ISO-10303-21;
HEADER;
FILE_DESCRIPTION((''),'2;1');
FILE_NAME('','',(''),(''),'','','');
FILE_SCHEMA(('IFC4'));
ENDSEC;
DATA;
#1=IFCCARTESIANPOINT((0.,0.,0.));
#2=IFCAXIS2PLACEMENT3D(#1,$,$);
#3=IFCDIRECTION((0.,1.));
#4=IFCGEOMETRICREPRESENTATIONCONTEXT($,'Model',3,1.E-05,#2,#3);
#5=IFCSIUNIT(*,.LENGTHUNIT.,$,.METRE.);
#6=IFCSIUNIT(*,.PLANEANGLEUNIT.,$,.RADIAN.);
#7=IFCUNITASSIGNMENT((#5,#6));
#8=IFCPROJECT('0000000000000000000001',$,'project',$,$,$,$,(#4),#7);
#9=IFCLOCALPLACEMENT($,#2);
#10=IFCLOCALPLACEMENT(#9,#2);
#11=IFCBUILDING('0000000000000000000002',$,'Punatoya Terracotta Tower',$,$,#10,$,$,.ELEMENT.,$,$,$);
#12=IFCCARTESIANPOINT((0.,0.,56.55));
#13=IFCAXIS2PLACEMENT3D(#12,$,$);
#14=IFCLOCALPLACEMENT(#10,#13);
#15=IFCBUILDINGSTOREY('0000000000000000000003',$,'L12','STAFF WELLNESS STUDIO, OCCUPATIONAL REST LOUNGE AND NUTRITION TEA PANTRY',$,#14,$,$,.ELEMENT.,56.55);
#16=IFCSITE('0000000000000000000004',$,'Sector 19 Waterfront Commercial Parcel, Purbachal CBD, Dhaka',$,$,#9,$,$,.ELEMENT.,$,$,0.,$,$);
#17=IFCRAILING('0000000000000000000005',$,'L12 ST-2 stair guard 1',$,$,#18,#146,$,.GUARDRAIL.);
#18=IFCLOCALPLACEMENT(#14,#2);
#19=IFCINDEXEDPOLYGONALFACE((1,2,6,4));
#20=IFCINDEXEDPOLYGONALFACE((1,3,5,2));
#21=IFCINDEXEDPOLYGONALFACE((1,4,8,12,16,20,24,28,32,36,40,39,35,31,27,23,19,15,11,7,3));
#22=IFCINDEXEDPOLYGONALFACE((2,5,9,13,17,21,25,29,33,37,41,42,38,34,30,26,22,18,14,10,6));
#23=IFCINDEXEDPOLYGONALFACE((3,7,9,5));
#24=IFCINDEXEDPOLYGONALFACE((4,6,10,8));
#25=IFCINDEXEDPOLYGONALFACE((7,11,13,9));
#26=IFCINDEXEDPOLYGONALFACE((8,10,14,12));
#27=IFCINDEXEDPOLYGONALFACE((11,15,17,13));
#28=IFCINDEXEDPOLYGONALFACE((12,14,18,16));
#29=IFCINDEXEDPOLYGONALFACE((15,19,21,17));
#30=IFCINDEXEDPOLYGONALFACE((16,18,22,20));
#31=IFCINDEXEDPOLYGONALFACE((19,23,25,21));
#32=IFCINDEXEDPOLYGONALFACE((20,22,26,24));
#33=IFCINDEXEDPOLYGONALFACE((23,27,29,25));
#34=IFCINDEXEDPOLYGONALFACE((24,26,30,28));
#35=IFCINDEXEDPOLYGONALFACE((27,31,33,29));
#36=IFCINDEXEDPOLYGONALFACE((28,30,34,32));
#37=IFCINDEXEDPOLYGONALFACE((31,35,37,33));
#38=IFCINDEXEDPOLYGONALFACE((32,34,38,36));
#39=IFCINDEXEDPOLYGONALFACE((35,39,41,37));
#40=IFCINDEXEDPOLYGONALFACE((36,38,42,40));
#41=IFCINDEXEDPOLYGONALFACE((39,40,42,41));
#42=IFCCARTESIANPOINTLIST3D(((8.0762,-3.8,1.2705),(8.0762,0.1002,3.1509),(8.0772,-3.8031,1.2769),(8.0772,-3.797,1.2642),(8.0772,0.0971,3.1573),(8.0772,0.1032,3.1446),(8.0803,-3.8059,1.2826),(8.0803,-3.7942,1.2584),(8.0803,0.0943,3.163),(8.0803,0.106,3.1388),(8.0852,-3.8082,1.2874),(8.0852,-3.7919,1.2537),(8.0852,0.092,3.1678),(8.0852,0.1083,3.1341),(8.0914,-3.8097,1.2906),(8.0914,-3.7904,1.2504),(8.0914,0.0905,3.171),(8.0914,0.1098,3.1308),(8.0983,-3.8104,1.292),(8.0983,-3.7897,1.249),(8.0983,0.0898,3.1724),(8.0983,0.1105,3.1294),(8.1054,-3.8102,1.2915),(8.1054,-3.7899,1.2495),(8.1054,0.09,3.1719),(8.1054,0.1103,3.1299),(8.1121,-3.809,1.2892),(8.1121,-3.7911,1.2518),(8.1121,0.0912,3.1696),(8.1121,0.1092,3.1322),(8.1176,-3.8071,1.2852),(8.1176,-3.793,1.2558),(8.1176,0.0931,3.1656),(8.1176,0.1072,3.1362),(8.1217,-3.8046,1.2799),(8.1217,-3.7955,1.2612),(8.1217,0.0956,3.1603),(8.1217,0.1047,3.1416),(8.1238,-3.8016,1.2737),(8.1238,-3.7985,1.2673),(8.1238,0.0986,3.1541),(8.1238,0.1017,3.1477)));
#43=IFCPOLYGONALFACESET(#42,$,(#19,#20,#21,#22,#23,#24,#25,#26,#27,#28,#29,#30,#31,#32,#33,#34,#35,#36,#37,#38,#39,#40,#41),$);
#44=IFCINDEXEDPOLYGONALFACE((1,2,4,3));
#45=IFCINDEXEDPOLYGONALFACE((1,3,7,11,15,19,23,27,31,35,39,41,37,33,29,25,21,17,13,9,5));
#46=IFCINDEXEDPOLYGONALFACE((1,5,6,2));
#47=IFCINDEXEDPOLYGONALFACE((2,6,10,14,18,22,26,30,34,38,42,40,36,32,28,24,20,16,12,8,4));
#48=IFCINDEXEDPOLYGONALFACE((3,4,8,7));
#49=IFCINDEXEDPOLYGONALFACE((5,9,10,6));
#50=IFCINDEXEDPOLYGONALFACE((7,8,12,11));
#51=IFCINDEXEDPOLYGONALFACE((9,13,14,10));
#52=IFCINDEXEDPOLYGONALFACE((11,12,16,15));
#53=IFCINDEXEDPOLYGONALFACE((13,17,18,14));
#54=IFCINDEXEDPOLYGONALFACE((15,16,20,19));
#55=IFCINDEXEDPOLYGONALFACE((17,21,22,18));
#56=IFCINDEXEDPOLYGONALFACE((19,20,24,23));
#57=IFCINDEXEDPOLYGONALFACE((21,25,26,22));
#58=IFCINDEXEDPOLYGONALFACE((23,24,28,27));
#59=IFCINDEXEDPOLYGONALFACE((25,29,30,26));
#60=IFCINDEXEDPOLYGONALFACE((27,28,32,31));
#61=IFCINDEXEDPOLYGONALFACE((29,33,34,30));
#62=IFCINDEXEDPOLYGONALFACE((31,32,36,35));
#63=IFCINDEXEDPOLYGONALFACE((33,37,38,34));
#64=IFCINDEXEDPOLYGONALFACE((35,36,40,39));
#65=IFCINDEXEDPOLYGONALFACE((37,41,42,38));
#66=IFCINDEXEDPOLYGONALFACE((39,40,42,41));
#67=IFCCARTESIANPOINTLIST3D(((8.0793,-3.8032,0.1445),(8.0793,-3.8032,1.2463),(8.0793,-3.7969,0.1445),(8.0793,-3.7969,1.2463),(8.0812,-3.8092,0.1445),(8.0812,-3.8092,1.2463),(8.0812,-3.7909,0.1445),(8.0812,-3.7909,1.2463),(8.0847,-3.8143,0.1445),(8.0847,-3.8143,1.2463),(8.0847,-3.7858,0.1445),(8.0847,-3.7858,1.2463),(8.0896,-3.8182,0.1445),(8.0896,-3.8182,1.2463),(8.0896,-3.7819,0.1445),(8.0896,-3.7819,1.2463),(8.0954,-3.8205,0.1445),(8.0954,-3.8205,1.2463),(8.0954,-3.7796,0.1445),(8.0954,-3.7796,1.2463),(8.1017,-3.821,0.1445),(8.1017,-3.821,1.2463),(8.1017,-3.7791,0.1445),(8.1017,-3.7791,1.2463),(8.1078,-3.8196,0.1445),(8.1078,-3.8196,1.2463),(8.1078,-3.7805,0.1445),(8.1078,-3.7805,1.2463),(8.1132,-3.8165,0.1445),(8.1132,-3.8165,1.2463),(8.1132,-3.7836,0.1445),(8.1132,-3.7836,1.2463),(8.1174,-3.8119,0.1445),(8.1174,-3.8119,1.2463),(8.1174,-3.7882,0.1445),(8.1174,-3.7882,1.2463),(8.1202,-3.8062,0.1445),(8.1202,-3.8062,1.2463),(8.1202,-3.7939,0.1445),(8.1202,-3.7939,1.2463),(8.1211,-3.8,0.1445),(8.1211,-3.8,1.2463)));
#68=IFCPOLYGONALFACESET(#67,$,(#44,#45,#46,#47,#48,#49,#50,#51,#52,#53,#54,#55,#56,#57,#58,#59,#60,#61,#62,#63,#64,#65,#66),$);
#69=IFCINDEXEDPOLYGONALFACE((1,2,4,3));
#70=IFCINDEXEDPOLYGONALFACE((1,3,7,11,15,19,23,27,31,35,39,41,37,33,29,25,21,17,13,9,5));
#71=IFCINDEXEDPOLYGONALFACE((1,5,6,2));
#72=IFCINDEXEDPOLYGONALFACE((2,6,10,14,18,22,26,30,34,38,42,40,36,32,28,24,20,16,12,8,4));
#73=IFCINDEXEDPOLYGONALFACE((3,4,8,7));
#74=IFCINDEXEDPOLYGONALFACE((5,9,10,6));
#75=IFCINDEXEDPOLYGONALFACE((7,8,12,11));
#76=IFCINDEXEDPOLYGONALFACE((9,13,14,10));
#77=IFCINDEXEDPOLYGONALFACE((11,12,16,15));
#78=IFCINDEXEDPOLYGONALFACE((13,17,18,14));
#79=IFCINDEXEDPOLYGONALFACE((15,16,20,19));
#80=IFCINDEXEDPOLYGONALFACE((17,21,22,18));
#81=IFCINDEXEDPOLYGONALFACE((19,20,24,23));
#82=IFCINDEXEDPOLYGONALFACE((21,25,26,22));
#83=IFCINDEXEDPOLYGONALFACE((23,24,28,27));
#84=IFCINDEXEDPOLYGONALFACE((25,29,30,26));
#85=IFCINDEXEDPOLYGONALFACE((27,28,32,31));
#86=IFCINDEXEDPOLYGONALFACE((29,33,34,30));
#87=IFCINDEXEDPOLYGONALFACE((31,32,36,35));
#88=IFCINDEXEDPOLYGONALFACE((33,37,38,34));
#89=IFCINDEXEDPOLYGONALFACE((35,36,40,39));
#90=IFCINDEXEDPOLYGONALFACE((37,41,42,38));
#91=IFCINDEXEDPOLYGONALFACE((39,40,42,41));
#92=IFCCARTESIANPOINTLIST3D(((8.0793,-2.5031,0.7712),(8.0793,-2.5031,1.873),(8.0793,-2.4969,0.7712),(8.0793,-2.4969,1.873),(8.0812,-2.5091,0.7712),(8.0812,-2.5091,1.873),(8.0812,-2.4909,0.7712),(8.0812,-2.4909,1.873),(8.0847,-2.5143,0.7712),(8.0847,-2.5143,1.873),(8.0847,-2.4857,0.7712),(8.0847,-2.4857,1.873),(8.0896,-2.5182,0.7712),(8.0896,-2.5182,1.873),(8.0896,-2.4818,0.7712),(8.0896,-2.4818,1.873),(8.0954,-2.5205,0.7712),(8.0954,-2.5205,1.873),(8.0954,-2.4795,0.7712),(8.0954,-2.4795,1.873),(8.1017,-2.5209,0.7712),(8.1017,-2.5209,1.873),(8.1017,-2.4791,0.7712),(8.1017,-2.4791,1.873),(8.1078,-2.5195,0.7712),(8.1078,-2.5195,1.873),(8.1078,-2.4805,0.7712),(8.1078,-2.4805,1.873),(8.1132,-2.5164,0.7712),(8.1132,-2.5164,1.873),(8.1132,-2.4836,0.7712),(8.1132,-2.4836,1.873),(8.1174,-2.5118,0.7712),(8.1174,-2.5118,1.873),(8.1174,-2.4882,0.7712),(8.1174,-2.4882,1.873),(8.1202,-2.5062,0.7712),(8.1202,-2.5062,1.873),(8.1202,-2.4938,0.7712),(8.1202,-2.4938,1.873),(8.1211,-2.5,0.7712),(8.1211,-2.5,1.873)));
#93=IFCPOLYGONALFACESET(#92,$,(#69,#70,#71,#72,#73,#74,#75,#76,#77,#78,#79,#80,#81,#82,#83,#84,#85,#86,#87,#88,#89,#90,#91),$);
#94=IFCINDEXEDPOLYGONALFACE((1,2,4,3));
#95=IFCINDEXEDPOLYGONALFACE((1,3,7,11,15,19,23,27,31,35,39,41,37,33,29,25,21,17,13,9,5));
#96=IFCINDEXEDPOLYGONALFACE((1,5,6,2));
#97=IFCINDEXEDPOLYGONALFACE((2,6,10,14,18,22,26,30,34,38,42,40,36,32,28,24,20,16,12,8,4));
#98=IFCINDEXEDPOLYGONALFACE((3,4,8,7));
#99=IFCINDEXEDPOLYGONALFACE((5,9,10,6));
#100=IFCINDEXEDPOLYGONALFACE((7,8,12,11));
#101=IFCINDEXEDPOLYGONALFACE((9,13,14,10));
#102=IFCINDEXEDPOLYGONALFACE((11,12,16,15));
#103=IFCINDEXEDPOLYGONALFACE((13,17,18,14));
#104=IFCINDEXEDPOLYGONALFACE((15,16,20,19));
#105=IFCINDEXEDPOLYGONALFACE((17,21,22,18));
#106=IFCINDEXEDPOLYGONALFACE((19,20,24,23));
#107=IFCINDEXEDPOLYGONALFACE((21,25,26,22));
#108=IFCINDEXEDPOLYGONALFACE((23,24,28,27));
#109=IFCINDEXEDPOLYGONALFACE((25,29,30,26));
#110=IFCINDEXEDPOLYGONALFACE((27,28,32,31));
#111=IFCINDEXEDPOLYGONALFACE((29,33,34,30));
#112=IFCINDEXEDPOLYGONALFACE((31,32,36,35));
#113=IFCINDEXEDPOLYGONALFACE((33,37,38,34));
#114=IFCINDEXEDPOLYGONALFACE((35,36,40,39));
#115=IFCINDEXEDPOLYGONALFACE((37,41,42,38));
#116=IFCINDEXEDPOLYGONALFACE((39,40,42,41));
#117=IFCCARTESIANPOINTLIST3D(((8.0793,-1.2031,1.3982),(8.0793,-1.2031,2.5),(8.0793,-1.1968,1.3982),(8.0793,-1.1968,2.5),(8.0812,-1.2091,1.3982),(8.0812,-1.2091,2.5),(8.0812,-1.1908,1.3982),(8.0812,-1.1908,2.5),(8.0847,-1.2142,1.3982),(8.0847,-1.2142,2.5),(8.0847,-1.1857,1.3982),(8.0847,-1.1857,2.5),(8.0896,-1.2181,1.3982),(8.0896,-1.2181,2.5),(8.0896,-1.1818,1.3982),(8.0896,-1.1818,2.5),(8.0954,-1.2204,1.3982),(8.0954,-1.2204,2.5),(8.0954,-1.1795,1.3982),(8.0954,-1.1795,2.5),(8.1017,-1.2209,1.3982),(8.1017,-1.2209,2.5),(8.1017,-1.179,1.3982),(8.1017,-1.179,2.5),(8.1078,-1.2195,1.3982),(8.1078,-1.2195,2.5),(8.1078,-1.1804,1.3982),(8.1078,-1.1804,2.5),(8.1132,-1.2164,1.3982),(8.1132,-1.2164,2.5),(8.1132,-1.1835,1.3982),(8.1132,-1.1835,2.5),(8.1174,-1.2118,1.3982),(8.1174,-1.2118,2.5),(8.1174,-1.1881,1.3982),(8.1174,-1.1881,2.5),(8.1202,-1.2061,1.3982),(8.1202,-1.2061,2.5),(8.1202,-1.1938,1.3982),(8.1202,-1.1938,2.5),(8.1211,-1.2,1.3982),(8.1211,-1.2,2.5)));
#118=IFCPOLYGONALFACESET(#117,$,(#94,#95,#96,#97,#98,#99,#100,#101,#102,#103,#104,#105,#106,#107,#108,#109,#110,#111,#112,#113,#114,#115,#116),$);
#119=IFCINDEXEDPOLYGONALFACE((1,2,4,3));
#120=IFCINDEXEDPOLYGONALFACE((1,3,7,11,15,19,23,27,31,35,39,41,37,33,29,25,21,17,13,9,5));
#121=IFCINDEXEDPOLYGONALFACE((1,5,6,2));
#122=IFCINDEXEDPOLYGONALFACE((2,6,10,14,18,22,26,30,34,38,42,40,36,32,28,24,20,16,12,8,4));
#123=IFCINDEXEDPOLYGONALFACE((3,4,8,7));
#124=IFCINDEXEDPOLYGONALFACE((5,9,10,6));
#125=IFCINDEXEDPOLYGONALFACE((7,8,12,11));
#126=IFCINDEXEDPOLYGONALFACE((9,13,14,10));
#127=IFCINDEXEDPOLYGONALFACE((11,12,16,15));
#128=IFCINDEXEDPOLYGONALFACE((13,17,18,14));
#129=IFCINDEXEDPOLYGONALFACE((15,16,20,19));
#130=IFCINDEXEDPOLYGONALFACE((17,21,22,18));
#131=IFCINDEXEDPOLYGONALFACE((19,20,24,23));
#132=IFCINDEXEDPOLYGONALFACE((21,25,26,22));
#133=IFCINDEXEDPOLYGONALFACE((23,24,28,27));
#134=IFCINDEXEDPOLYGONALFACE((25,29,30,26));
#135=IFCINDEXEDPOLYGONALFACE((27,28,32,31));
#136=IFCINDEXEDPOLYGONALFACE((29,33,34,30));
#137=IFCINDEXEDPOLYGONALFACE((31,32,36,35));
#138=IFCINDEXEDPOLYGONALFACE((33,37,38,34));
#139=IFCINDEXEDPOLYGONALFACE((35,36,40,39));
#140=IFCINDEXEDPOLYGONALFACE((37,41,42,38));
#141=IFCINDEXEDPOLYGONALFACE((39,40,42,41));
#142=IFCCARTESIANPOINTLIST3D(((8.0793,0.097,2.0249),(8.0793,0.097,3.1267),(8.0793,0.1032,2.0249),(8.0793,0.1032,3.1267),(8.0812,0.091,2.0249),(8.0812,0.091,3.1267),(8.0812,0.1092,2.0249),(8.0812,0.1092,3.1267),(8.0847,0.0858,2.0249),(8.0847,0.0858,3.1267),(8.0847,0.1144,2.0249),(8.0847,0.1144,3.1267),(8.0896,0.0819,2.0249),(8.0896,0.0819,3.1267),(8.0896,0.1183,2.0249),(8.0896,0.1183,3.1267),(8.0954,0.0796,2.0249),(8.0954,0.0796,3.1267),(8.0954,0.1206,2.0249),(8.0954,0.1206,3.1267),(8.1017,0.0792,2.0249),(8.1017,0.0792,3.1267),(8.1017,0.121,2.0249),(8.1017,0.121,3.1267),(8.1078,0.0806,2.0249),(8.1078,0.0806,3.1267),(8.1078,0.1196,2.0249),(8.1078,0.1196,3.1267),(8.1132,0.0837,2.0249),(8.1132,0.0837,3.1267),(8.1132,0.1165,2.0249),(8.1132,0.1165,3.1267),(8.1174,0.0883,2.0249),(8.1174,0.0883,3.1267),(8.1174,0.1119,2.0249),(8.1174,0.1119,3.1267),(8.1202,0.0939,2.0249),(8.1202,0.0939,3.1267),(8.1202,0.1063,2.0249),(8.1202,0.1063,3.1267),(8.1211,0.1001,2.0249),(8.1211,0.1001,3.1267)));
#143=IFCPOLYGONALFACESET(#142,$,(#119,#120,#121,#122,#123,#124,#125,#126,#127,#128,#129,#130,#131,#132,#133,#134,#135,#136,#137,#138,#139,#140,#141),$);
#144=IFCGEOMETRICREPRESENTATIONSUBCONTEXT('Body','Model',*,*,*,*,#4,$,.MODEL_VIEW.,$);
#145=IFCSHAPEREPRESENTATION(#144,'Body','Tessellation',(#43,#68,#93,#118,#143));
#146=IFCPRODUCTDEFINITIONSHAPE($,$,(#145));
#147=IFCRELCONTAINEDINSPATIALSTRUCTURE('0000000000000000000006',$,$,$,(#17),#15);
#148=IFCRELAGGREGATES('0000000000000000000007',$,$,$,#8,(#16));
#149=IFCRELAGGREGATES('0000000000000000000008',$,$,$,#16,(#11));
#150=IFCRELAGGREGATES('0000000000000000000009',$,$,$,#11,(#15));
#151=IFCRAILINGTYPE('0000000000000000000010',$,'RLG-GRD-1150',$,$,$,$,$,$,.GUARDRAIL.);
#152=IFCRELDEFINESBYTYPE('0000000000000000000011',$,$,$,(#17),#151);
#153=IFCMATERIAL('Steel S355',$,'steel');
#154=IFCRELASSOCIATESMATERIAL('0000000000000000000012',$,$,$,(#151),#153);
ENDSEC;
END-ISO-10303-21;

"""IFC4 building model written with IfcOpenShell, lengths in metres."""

from ifc_helpers import new_model, si_unit, direction, frame, origin, origin_2d, place, context, subcontext, project, spatial, circle, extrude, material, type_object, element, save


model = new_model("IFC4")

# Units and contexts
model_context = context("Model", 3, precision=1e-05, world=origin(), true_north=direction((0.0, 1.0)))
body_context = subcontext(model_context, "Body", "Model", "MODEL_VIEW")
ifc_project = project(units=[si_unit("LENGTHUNIT", "METRE"), si_unit("PLANEANGLEUNIT", "RADIAN")], contexts=[model_context])

# Site, building, storey
site_placement = place(None, origin())
site = spatial("IfcSite", under=ifc_project, at=site_placement, Name="Sector 19 Waterfront Commercial Parcel, Purbachal CBD, Dhaka", CompositionType="ELEMENT", RefElevation=0.0)
building_placement = place(site_placement, origin())
building = spatial("IfcBuilding", under=site, at=building_placement, Name="Punatoya Terracotta Tower", CompositionType="ELEMENT")
storey_placement = place(building_placement, frame((0.0, 0.0, 56.55)))
storey = spatial("IfcBuildingStorey", under=building, at=storey_placement, Name="L12", Description="STAFF WELLNESS STUDIO, OCCUPATIONAL REST LOUNGE AND NUTRITION TEA PANTRY", CompositionType="ELEMENT", Elevation=56.55)

# Shared definitions
ifc_material_1 = material(Name="Steel S355", Category="steel")

# Railing
railing_type_1 = type_object("IfcRailingType", Name="RLG-GRD-1150", PredefinedType="GUARDRAIL", material=ifc_material_1)
railing_1_placement = place(storey_placement, frame((8.1001, -3.8, 0.1445)))
element("IfcRailing", 1, at=railing_1_placement, inside=storey, type_object=railing_type_1, Name="L12 ST-2 stair guard 1", PredefinedType="GUARDRAIL", context=body_context, shape_type="SweptSolid", body=[
    extrude(circle(Radius=0.0239, at=origin_2d()), frame((0.0, 0.0, 1.126), z_axis=(0.0, 0.900774, 0.434289), x_axis=(-1.0, 0.0, 0.0)), (0.0, 0.0, 1.0), 4.3298),
    extrude(circle(Radius=0.021, at=origin_2d()), origin(), (0.0, 0.0, 1.0), 1.1018),
    extrude(circle(Radius=0.021, at=origin_2d()), frame((0.0, 1.3, 0.6267)), (0.0, 0.0, 1.0), 1.1018),
    extrude(circle(Radius=0.021, at=origin_2d()), frame((0.0, 2.6001, 1.2537)), (0.0, 0.0, 1.0), 1.1018),
    extrude(circle(Radius=0.021, at=origin_2d()), frame((0.0, 3.9001, 1.8804)), (0.0, 0.0, 1.0), 1.1018),
])

save(model, "model.ifc")
